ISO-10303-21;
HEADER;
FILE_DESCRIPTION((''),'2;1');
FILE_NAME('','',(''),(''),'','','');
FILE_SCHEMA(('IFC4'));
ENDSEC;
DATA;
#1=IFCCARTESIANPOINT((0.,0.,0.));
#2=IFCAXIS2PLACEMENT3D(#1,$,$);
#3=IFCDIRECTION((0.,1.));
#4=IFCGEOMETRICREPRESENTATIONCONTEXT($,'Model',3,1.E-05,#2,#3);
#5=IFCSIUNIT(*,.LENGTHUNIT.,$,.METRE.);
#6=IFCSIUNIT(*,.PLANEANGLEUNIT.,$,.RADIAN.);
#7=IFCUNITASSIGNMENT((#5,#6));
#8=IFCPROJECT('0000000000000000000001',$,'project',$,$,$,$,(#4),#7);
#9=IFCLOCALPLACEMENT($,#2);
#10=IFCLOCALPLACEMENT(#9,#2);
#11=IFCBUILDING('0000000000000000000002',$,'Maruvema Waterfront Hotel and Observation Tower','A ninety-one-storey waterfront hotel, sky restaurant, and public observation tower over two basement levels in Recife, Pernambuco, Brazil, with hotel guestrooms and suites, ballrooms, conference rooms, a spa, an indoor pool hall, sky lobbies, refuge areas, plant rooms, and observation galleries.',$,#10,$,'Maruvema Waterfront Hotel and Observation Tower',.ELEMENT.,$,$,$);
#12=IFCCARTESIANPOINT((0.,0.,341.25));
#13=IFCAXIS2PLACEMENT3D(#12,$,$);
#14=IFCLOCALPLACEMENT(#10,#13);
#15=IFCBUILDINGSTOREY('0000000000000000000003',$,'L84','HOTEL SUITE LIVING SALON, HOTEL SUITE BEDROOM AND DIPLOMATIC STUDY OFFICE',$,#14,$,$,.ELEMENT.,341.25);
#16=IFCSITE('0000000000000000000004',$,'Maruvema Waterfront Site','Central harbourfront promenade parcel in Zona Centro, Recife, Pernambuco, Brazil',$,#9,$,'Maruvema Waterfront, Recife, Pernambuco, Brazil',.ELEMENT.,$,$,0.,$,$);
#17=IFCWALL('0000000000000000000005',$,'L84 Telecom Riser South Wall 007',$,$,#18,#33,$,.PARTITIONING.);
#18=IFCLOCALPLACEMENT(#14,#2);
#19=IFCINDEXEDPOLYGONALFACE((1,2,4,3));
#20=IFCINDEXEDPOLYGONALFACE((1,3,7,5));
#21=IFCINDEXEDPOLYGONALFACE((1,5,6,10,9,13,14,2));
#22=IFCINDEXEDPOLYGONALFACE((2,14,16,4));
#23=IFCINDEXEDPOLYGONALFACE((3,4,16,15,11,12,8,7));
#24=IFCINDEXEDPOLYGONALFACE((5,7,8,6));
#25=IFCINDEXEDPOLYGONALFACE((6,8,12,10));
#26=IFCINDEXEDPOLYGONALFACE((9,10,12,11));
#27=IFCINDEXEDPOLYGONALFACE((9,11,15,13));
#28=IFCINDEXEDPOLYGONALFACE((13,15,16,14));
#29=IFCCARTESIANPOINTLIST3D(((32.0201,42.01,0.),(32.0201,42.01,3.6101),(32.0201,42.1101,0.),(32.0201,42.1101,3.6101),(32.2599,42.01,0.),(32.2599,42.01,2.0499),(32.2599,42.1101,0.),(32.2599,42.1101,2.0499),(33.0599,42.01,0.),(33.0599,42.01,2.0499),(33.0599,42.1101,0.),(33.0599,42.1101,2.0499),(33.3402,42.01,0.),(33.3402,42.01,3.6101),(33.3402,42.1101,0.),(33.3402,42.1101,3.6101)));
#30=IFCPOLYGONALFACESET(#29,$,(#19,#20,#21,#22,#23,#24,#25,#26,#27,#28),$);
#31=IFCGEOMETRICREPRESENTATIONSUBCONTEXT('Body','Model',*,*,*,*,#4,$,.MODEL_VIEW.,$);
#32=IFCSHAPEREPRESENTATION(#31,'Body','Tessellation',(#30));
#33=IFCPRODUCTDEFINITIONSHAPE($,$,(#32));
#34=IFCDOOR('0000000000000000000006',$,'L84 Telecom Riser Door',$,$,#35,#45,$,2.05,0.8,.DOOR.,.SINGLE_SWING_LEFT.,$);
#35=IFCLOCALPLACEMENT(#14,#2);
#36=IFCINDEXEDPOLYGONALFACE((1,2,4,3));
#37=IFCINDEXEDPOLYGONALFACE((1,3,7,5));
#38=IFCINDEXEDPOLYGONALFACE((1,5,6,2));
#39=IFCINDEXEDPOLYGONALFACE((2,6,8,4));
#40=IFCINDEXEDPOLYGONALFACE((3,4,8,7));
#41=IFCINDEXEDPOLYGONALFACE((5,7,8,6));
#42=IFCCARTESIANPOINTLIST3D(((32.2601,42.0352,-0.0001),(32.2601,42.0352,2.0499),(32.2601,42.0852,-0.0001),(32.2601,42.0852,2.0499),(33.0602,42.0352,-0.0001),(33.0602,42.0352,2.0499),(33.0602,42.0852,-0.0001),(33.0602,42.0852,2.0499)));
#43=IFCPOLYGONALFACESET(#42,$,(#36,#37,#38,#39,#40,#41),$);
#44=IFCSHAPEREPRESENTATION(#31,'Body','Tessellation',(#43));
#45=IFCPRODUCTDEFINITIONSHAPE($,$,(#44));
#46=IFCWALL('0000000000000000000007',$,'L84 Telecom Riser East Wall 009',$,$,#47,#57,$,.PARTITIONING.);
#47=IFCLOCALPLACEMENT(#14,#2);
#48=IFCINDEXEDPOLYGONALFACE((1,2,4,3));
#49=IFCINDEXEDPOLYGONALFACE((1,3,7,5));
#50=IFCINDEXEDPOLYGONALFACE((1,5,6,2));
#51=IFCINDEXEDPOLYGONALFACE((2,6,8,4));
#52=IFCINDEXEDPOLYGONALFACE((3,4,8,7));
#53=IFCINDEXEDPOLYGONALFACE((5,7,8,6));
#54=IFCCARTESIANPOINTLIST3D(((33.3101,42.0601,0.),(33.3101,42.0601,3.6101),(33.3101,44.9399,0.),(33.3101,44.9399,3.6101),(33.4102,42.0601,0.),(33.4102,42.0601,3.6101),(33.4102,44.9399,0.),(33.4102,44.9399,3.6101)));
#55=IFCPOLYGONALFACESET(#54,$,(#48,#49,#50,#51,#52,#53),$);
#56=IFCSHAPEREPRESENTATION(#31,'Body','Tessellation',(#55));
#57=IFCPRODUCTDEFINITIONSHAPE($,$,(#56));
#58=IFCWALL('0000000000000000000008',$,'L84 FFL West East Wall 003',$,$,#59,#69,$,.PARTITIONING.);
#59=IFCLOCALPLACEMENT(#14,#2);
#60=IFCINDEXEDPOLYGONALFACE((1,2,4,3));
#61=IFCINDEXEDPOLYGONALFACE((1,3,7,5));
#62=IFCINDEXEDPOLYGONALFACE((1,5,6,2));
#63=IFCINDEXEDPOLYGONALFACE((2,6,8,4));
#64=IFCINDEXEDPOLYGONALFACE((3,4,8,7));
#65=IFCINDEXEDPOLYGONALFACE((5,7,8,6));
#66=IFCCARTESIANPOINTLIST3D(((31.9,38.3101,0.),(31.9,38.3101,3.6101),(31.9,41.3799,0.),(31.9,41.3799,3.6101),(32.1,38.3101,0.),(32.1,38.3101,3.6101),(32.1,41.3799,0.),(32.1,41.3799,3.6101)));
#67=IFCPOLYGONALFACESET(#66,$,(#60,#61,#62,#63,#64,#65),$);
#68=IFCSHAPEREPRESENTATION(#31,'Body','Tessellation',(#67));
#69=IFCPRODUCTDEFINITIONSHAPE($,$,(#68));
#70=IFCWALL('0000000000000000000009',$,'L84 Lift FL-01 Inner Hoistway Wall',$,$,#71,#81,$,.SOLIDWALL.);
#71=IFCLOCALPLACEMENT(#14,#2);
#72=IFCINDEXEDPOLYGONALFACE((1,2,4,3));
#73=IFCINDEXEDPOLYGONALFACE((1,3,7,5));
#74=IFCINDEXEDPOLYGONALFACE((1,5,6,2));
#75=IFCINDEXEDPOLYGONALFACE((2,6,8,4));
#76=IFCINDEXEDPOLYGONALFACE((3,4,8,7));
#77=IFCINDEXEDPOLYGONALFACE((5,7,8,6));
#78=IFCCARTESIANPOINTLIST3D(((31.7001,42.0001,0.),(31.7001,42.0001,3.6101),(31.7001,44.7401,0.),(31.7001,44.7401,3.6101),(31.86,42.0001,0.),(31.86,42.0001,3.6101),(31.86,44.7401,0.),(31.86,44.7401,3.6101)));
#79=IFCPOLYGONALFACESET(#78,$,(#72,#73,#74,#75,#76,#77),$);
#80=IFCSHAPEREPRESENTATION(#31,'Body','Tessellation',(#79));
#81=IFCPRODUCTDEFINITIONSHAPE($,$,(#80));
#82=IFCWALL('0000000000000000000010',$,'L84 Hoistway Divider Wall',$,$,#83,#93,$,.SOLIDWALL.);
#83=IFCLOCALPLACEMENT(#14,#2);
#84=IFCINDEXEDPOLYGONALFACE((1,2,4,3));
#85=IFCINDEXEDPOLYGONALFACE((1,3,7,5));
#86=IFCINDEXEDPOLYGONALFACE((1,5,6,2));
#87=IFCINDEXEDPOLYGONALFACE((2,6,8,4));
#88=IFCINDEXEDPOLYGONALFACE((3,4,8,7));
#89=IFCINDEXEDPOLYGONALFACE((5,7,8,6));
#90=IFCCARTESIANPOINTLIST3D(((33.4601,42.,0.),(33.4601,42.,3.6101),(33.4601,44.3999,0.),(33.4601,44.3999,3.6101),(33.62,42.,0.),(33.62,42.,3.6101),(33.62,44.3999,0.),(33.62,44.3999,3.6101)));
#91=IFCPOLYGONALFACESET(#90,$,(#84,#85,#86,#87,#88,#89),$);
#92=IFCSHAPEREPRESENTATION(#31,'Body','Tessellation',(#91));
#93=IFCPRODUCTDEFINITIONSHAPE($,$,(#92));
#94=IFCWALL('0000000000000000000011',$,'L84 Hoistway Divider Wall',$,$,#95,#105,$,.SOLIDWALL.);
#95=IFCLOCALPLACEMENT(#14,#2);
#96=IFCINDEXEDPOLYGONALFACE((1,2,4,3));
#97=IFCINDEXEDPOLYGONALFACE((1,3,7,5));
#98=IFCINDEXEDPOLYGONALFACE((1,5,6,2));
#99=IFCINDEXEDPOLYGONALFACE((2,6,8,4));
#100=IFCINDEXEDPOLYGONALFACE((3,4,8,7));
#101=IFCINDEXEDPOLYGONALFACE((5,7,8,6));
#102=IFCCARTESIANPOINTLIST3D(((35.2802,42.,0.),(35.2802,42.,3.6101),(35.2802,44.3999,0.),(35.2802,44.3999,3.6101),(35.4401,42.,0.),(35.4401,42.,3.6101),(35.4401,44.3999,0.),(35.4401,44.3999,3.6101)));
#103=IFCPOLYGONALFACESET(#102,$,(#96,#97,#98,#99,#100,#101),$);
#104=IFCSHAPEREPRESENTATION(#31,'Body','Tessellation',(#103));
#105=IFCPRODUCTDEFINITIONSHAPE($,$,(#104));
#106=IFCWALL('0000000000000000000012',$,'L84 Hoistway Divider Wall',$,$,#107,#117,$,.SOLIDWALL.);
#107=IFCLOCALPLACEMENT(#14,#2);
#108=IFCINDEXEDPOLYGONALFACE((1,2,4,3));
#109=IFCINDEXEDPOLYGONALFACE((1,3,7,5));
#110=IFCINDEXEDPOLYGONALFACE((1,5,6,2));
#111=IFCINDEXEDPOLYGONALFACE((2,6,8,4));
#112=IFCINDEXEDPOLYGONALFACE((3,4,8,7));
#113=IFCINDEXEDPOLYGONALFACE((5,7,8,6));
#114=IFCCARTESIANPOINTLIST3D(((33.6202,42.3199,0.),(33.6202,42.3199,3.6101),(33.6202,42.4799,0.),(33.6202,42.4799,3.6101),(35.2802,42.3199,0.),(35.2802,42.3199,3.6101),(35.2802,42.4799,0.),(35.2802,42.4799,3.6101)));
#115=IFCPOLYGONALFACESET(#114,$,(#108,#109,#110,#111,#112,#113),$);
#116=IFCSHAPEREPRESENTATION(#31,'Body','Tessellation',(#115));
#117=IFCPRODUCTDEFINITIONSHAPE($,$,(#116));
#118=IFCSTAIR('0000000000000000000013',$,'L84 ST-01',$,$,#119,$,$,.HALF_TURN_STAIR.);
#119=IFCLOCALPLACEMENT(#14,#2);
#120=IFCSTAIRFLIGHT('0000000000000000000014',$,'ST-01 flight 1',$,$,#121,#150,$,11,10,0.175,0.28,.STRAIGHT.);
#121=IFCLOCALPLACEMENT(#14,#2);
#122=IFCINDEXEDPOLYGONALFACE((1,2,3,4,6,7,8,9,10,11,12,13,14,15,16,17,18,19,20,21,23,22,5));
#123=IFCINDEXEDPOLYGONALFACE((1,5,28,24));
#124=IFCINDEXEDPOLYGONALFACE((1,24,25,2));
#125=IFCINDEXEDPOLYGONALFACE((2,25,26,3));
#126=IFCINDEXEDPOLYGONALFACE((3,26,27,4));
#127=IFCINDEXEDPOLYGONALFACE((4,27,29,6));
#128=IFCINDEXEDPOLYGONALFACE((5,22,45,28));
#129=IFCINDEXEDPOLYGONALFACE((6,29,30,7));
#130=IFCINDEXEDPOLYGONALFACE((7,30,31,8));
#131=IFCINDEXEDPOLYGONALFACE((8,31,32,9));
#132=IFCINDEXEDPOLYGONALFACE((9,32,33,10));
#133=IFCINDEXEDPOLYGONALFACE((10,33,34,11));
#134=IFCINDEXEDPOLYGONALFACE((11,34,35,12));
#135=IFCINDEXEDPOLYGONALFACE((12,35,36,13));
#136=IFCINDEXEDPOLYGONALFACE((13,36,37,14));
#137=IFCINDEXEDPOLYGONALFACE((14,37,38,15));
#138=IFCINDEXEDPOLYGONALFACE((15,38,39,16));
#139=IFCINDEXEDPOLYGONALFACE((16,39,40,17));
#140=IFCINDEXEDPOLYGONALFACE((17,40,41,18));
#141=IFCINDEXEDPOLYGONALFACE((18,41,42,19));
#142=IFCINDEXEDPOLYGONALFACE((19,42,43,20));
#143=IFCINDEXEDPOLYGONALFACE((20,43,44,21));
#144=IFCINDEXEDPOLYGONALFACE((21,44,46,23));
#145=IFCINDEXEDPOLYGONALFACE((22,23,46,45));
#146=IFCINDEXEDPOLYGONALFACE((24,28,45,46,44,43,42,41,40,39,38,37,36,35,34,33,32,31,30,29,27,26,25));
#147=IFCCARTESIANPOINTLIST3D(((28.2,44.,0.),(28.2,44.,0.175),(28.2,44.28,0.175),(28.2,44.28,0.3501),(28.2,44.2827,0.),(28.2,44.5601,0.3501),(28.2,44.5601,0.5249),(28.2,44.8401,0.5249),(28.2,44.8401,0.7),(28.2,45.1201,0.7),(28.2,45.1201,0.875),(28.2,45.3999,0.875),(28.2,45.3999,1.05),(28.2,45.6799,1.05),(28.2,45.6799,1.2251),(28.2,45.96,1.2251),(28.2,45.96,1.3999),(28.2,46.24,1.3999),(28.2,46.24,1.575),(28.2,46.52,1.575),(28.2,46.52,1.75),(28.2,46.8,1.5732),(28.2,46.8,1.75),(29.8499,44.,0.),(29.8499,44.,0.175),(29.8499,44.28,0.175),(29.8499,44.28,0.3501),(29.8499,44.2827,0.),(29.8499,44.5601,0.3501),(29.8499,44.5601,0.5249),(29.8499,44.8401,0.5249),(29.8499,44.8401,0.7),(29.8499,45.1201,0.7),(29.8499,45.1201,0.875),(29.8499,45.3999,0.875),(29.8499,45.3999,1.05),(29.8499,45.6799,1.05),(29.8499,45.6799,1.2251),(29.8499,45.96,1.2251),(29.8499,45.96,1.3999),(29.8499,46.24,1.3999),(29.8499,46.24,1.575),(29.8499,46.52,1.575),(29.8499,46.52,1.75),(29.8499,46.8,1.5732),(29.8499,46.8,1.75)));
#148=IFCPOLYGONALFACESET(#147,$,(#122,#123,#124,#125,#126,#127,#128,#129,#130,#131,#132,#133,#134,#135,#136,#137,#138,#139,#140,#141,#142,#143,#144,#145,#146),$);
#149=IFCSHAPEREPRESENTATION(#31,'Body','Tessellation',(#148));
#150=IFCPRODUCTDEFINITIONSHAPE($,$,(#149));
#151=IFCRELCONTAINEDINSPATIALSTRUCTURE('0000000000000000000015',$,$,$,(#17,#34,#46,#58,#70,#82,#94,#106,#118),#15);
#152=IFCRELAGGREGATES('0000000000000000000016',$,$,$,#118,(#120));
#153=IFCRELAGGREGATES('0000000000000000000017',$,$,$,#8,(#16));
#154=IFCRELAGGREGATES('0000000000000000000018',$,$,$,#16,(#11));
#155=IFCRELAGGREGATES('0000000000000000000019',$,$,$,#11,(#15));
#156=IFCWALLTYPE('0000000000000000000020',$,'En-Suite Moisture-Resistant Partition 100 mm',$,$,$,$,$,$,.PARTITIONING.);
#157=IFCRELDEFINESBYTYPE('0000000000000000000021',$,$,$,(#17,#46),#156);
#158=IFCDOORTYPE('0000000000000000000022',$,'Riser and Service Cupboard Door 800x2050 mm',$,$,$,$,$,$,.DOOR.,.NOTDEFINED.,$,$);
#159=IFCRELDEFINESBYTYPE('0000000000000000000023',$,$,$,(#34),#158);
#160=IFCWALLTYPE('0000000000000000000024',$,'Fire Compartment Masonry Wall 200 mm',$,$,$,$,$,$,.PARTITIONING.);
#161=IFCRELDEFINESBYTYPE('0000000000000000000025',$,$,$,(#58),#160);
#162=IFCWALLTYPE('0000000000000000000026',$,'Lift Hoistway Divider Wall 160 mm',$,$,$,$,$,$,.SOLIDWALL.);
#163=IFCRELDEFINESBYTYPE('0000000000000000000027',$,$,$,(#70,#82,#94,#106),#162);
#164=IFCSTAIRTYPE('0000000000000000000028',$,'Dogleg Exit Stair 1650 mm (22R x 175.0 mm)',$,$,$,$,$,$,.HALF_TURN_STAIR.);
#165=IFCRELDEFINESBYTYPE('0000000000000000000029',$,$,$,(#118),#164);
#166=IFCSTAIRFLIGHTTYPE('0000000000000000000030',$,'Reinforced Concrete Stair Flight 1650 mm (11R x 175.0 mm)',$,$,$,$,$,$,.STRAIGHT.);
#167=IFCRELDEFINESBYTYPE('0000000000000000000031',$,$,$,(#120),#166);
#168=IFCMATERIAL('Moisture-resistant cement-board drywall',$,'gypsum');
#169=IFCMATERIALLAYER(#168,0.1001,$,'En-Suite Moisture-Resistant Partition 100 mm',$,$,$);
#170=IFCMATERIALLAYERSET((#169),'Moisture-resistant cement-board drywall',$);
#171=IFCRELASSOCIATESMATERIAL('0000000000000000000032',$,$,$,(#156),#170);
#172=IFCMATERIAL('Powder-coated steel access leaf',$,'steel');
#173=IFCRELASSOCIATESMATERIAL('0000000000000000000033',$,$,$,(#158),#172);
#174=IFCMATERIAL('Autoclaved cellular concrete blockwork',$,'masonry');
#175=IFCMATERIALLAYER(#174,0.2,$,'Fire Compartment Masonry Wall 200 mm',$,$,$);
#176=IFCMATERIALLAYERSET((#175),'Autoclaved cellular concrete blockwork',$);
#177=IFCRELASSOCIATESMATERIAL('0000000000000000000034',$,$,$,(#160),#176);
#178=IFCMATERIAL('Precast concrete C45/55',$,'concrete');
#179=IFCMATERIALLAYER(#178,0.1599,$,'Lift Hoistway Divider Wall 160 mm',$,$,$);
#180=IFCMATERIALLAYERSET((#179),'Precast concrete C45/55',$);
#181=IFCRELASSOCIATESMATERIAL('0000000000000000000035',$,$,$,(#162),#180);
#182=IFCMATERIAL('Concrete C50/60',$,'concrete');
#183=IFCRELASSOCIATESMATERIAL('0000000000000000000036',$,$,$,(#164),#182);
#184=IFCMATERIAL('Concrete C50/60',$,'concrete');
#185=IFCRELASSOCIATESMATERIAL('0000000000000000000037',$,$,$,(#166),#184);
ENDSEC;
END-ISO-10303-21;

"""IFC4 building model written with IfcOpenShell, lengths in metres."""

from ifc_helpers import new_model, si_unit, direction, frame, frame_2d, origin, place, context, subcontext, project, spatial, polyline, rectangle, outline, extrude, material, layer, layer_set, type_object, element, fill, aggregate, save


model = new_model("IFC4")

# Units and contexts
model_context = context("Model", 3, precision=1e-05, world=origin(), true_north=direction((0.0, 1.0)))
body_context = subcontext(model_context, "Body", "Model", "MODEL_VIEW")
ifc_project = project(units=[si_unit("LENGTHUNIT", "METRE"), si_unit("PLANEANGLEUNIT", "RADIAN")], contexts=[model_context])

# Site, building, storey
site_placement = place(None, origin())
site = spatial("IfcSite", under=ifc_project, at=site_placement, Name="Maruvema Waterfront Site", Description="Central harbourfront promenade parcel in Zona Centro, Recife, Pernambuco, Brazil", LongName="Maruvema Waterfront, Recife, Pernambuco, Brazil", CompositionType="ELEMENT", RefElevation=0.0)
building_placement = place(site_placement, origin())
building = spatial("IfcBuilding", under=site, at=building_placement, Name="Maruvema Waterfront Hotel and Observation Tower", Description="A ninety-one-storey waterfront hotel, sky restaurant, and public observation tower over two basement levels in Recife, Pernambuco, Brazil, with hotel guestrooms and suites, ballrooms, conference rooms, a spa, an indoor pool hall, sky lobbies, refuge areas, plant rooms, and observation galleries.", LongName="Maruvema Waterfront Hotel and Observation Tower", CompositionType="ELEMENT")
storey_placement = place(building_placement, frame((0.0, 0.0, 341.25)))
storey = spatial("IfcBuildingStorey", under=building, at=storey_placement, Name="L84", Description="HOTEL SUITE LIVING SALON, HOTEL SUITE BEDROOM AND DIPLOMATIC STUDY OFFICE", CompositionType="ELEMENT", Elevation=341.25)

# Wall, opening, door
ifc_material_1 = material(Name="Moisture-resistant cement-board drywall", Category="gypsum")
ifc_layer_1 = layer(ifc_material_1, 0.1001, Name="En-Suite Moisture-Resistant Partition 100 mm")
ifc_layer_set_1 = layer_set([ifc_layer_1], Name="Moisture-resistant cement-board drywall")
wall_type_1 = type_object("IfcWallType", Name="En-Suite Moisture-Resistant Partition 100 mm", PredefinedType="PARTITIONING", material=ifc_layer_set_1)
wall_1_placement = place(storey_placement, frame((32.02, 42.0601, 0.0), z_axis=(0.0, 0.0, 1.0), x_axis=(1.0, 0.0, 0.0)))
wall_1 = element("IfcWall", 1, at=wall_1_placement, inside=storey, type_object=wall_type_1, Name="L84 Telecom Riser South Wall 007", PredefinedType="PARTITIONING", context=body_context, shape_type="SweptSolid", body=[
    extrude(rectangle(XDim=1.3201, YDim=0.1001, at=frame_2d((0.6602, 0.0))), origin(), (0.0, 0.0, 1.0), 3.6101),
])
opening_1_placement = place(wall_1_placement, frame((0.24, 0.0, 0.0)))
opening_1 = element("IfcOpeningElement", 2, at=opening_1_placement, cuts=wall_1, PredefinedType="OPENING", context=body_context, shape_type="SweptSolid", body=[
    extrude(rectangle(XDim=0.8, YDim=2.05, at=frame_2d((0.3999, 1.0249))), frame((0.0, 0.0601, 0.0), z_axis=(0.0, -1.0, 0.0), x_axis=(1.0, 0.0, 0.0)), (0.0, 0.0, 1.0), 0.1201),
])
ifc_material_2 = material(Name="Powder-coated steel access leaf", Category="steel")
door_type_1 = type_object("IfcDoorType", Name="Riser and Service Cupboard Door 800x2050 mm", OperationType="NOTDEFINED", PredefinedType="DOOR", material=ifc_material_2)
door_1_placement = place(opening_1_placement, frame((0.8, 0.0, 0.0), z_axis=(0.0, 0.0, 1.0), x_axis=(-1.0, 0.0, 0.0)))
door_1 = element("IfcDoor", 3, at=door_1_placement, inside=storey, type_object=door_type_1, Name="L84 Telecom Riser Door", OperationType="SINGLE_SWING_LEFT", OverallHeight=2.05, OverallWidth=0.8, PredefinedType="DOOR", context=body_context, shape_type="SweptSolid", body=[
    extrude(rectangle(XDim=0.8, YDim=2.05, at=frame_2d((0.3999, 1.0249))), frame((0.0, 0.0249, 0.0), z_axis=(0.0, -1.0, 0.0), x_axis=(1.0, 0.0, 0.0)), (0.0, 0.0, 1.0), 0.05),
])
fill(opening_1, door_1)

# Walls
wall_2_placement = place(storey_placement, frame((33.3601, 42.0601, 0.0), z_axis=(0.0, 0.0, 1.0), x_axis=(0.0, 1.0, 0.0)))
element("IfcWall", 4, at=wall_2_placement, inside=storey, type_object=wall_type_1, Name="L84 Telecom Riser East Wall 009", PredefinedType="PARTITIONING", context=body_context, shape_type="SweptSolid", body=[
    extrude(rectangle(XDim=2.8799, YDim=0.1001, at=frame_2d((1.4399, 0.0))), origin(), (0.0, 0.0, 1.0), 3.6101),
])
ifc_material_3 = material(Name="Autoclaved cellular concrete blockwork", Category="masonry")
ifc_layer_2 = layer(ifc_material_3, 0.2, Name="Fire Compartment Masonry Wall 200 mm")
ifc_layer_set_2 = layer_set([ifc_layer_2], Name="Autoclaved cellular concrete blockwork")
wall_type_2 = type_object("IfcWallType", Name="Fire Compartment Masonry Wall 200 mm", PredefinedType="PARTITIONING", material=ifc_layer_set_2)
wall_3_placement = place(storey_placement, frame((32.0, 38.3101, 0.0), z_axis=(0.0, 0.0, 1.0), x_axis=(0.0, 1.0, 0.0)))
element("IfcWall", 5, at=wall_3_placement, inside=storey, type_object=wall_type_2, Name="L84 FFL West East Wall 003", PredefinedType="PARTITIONING", context=body_context, shape_type="SweptSolid", body=[
    extrude(rectangle(XDim=3.0698, YDim=0.2, at=frame_2d((1.5349, 0.0))), origin(), (0.0, 0.0, 1.0), 3.6101),
])
ifc_material_4 = material(Name="Precast concrete C45/55", Category="concrete")
ifc_layer_3 = layer(ifc_material_4, 0.1599, Name="Lift Hoistway Divider Wall 160 mm")
ifc_layer_set_3 = layer_set([ifc_layer_3], Name="Precast concrete C45/55")
wall_type_3 = type_object("IfcWallType", Name="Lift Hoistway Divider Wall 160 mm", PredefinedType="SOLIDWALL", material=ifc_layer_set_3)
wall_4_placement = place(storey_placement, frame((31.78, 42.0, 0.0), z_axis=(0.0, 0.0, 1.0), x_axis=(0.0, 1.0, 0.0)))
element("IfcWall", 6, at=wall_4_placement, inside=storey, type_object=wall_type_3, Name="L84 Lift FL-01 Inner Hoistway Wall", PredefinedType="SOLIDWALL", context=body_context, shape_type="SweptSolid", body=[
    extrude(rectangle(XDim=2.74, YDim=0.1599, at=frame_2d((1.3701, 0.0))), origin(), (0.0, 0.0, 1.0), 3.6101),
])
for number, where, z_axis, x_axis, name in (
    (7, (33.54, 42.0, 0.0), (0.0, 0.0, 1.0), (0.0, 1.0, 0.0), "L84 Hoistway Divider Wall"),
    (8, (35.3601, 42.0, 0.0), (0.0, 0.0, 1.0), (0.0, 1.0, 0.0), "L84 Hoistway Divider Wall"),
):
    element("IfcWall", number, at=place(storey_placement, frame(where, z_axis=z_axis, x_axis=x_axis)), inside=storey, type_object=wall_type_3, Name=name, PredefinedType="SOLIDWALL", context=body_context, shape_type="SweptSolid", body=[
        extrude(rectangle(XDim=2.3999, YDim=0.1599, at=frame_2d((1.2, 0.0))), origin(), (0.0, 0.0, 1.0), 3.6101),
    ])
wall_5_placement = place(storey_placement, frame((33.6201, 42.3999, 0.0), z_axis=(0.0, 0.0, 1.0), x_axis=(1.0, 0.0, 0.0)))
element("IfcWall", 9, at=wall_5_placement, inside=storey, type_object=wall_type_3, Name="L84 Hoistway Divider Wall", PredefinedType="SOLIDWALL", context=body_context, shape_type="SweptSolid", body=[
    extrude(rectangle(XDim=1.6599, YDim=0.1599, at=frame_2d((0.8301, 0.0))), origin(), (0.0, 0.0, 1.0), 3.6101),
])

# Stair, stair flight
ifc_material_5 = material(Name="Concrete C50/60", Category="concrete")
stair_type = type_object("IfcStairType", Name="Dogleg Exit Stair 1650 mm (22R x 175.0 mm)", PredefinedType="HALF_TURN_STAIR", material=ifc_material_5)
stair_placement = place(storey_placement, origin())
stair = element("IfcStair", 10, at=stair_placement, inside=storey, type_object=stair_type, Name="L84 ST-01", PredefinedType="HALF_TURN_STAIR")
ifc_material_6 = material(Name="Concrete C50/60", Category="concrete")
stair_flight_type = type_object("IfcStairFlightType", Name="Reinforced Concrete Stair Flight 1650 mm (11R x 175.0 mm)", PredefinedType="STRAIGHT", material=ifc_material_6)
stair_flight_placement = place(storey_placement, frame((29.0249, 44.0, 0.0), z_axis=(0.0, 0.0, 1.0), x_axis=(0.0, 1.0, 0.0)))
stair_flight = element("IfcStairFlight", 11, at=stair_flight_placement, type_object=stair_flight_type, Name="ST-01 flight 1", NumberOfRisers=11, NumberOfTreads=10, PredefinedType="STRAIGHT", RiserHeight=0.175, TreadLength=0.28, context=body_context, shape_type="SweptSolid", body=[
    extrude(outline(polyline([(0.0, 0.0), (0.0, 0.175), (0.28, 0.175), (0.28, 0.3501), (0.5601, 0.3501), (0.5601, 0.5249), (0.8401, 0.5249), (0.8401, 0.7), (1.1201, 0.7), (1.1201, 0.875), (1.3999, 0.875), (1.3999, 1.05), (1.6799, 1.05), (1.6799, 1.2251), (1.96, 1.2251), (1.96, 1.3999), (2.24, 1.3999), (2.24, 1.575), (2.52, 1.575), (2.52, 1.75), (2.8, 1.75), (2.8, 1.925), (2.8, 1.5732), (0.2827, 0.0), (0.0, 0.0)])), frame((0.0, 0.825, 0.0), z_axis=(0.0, -1.0, 0.0), x_axis=(1.0, 0.0, 0.0)), (0.0, 0.0, 1.0), 1.6499),
])
aggregate(stair, [stair_flight])

save(model, "model.ifc")
